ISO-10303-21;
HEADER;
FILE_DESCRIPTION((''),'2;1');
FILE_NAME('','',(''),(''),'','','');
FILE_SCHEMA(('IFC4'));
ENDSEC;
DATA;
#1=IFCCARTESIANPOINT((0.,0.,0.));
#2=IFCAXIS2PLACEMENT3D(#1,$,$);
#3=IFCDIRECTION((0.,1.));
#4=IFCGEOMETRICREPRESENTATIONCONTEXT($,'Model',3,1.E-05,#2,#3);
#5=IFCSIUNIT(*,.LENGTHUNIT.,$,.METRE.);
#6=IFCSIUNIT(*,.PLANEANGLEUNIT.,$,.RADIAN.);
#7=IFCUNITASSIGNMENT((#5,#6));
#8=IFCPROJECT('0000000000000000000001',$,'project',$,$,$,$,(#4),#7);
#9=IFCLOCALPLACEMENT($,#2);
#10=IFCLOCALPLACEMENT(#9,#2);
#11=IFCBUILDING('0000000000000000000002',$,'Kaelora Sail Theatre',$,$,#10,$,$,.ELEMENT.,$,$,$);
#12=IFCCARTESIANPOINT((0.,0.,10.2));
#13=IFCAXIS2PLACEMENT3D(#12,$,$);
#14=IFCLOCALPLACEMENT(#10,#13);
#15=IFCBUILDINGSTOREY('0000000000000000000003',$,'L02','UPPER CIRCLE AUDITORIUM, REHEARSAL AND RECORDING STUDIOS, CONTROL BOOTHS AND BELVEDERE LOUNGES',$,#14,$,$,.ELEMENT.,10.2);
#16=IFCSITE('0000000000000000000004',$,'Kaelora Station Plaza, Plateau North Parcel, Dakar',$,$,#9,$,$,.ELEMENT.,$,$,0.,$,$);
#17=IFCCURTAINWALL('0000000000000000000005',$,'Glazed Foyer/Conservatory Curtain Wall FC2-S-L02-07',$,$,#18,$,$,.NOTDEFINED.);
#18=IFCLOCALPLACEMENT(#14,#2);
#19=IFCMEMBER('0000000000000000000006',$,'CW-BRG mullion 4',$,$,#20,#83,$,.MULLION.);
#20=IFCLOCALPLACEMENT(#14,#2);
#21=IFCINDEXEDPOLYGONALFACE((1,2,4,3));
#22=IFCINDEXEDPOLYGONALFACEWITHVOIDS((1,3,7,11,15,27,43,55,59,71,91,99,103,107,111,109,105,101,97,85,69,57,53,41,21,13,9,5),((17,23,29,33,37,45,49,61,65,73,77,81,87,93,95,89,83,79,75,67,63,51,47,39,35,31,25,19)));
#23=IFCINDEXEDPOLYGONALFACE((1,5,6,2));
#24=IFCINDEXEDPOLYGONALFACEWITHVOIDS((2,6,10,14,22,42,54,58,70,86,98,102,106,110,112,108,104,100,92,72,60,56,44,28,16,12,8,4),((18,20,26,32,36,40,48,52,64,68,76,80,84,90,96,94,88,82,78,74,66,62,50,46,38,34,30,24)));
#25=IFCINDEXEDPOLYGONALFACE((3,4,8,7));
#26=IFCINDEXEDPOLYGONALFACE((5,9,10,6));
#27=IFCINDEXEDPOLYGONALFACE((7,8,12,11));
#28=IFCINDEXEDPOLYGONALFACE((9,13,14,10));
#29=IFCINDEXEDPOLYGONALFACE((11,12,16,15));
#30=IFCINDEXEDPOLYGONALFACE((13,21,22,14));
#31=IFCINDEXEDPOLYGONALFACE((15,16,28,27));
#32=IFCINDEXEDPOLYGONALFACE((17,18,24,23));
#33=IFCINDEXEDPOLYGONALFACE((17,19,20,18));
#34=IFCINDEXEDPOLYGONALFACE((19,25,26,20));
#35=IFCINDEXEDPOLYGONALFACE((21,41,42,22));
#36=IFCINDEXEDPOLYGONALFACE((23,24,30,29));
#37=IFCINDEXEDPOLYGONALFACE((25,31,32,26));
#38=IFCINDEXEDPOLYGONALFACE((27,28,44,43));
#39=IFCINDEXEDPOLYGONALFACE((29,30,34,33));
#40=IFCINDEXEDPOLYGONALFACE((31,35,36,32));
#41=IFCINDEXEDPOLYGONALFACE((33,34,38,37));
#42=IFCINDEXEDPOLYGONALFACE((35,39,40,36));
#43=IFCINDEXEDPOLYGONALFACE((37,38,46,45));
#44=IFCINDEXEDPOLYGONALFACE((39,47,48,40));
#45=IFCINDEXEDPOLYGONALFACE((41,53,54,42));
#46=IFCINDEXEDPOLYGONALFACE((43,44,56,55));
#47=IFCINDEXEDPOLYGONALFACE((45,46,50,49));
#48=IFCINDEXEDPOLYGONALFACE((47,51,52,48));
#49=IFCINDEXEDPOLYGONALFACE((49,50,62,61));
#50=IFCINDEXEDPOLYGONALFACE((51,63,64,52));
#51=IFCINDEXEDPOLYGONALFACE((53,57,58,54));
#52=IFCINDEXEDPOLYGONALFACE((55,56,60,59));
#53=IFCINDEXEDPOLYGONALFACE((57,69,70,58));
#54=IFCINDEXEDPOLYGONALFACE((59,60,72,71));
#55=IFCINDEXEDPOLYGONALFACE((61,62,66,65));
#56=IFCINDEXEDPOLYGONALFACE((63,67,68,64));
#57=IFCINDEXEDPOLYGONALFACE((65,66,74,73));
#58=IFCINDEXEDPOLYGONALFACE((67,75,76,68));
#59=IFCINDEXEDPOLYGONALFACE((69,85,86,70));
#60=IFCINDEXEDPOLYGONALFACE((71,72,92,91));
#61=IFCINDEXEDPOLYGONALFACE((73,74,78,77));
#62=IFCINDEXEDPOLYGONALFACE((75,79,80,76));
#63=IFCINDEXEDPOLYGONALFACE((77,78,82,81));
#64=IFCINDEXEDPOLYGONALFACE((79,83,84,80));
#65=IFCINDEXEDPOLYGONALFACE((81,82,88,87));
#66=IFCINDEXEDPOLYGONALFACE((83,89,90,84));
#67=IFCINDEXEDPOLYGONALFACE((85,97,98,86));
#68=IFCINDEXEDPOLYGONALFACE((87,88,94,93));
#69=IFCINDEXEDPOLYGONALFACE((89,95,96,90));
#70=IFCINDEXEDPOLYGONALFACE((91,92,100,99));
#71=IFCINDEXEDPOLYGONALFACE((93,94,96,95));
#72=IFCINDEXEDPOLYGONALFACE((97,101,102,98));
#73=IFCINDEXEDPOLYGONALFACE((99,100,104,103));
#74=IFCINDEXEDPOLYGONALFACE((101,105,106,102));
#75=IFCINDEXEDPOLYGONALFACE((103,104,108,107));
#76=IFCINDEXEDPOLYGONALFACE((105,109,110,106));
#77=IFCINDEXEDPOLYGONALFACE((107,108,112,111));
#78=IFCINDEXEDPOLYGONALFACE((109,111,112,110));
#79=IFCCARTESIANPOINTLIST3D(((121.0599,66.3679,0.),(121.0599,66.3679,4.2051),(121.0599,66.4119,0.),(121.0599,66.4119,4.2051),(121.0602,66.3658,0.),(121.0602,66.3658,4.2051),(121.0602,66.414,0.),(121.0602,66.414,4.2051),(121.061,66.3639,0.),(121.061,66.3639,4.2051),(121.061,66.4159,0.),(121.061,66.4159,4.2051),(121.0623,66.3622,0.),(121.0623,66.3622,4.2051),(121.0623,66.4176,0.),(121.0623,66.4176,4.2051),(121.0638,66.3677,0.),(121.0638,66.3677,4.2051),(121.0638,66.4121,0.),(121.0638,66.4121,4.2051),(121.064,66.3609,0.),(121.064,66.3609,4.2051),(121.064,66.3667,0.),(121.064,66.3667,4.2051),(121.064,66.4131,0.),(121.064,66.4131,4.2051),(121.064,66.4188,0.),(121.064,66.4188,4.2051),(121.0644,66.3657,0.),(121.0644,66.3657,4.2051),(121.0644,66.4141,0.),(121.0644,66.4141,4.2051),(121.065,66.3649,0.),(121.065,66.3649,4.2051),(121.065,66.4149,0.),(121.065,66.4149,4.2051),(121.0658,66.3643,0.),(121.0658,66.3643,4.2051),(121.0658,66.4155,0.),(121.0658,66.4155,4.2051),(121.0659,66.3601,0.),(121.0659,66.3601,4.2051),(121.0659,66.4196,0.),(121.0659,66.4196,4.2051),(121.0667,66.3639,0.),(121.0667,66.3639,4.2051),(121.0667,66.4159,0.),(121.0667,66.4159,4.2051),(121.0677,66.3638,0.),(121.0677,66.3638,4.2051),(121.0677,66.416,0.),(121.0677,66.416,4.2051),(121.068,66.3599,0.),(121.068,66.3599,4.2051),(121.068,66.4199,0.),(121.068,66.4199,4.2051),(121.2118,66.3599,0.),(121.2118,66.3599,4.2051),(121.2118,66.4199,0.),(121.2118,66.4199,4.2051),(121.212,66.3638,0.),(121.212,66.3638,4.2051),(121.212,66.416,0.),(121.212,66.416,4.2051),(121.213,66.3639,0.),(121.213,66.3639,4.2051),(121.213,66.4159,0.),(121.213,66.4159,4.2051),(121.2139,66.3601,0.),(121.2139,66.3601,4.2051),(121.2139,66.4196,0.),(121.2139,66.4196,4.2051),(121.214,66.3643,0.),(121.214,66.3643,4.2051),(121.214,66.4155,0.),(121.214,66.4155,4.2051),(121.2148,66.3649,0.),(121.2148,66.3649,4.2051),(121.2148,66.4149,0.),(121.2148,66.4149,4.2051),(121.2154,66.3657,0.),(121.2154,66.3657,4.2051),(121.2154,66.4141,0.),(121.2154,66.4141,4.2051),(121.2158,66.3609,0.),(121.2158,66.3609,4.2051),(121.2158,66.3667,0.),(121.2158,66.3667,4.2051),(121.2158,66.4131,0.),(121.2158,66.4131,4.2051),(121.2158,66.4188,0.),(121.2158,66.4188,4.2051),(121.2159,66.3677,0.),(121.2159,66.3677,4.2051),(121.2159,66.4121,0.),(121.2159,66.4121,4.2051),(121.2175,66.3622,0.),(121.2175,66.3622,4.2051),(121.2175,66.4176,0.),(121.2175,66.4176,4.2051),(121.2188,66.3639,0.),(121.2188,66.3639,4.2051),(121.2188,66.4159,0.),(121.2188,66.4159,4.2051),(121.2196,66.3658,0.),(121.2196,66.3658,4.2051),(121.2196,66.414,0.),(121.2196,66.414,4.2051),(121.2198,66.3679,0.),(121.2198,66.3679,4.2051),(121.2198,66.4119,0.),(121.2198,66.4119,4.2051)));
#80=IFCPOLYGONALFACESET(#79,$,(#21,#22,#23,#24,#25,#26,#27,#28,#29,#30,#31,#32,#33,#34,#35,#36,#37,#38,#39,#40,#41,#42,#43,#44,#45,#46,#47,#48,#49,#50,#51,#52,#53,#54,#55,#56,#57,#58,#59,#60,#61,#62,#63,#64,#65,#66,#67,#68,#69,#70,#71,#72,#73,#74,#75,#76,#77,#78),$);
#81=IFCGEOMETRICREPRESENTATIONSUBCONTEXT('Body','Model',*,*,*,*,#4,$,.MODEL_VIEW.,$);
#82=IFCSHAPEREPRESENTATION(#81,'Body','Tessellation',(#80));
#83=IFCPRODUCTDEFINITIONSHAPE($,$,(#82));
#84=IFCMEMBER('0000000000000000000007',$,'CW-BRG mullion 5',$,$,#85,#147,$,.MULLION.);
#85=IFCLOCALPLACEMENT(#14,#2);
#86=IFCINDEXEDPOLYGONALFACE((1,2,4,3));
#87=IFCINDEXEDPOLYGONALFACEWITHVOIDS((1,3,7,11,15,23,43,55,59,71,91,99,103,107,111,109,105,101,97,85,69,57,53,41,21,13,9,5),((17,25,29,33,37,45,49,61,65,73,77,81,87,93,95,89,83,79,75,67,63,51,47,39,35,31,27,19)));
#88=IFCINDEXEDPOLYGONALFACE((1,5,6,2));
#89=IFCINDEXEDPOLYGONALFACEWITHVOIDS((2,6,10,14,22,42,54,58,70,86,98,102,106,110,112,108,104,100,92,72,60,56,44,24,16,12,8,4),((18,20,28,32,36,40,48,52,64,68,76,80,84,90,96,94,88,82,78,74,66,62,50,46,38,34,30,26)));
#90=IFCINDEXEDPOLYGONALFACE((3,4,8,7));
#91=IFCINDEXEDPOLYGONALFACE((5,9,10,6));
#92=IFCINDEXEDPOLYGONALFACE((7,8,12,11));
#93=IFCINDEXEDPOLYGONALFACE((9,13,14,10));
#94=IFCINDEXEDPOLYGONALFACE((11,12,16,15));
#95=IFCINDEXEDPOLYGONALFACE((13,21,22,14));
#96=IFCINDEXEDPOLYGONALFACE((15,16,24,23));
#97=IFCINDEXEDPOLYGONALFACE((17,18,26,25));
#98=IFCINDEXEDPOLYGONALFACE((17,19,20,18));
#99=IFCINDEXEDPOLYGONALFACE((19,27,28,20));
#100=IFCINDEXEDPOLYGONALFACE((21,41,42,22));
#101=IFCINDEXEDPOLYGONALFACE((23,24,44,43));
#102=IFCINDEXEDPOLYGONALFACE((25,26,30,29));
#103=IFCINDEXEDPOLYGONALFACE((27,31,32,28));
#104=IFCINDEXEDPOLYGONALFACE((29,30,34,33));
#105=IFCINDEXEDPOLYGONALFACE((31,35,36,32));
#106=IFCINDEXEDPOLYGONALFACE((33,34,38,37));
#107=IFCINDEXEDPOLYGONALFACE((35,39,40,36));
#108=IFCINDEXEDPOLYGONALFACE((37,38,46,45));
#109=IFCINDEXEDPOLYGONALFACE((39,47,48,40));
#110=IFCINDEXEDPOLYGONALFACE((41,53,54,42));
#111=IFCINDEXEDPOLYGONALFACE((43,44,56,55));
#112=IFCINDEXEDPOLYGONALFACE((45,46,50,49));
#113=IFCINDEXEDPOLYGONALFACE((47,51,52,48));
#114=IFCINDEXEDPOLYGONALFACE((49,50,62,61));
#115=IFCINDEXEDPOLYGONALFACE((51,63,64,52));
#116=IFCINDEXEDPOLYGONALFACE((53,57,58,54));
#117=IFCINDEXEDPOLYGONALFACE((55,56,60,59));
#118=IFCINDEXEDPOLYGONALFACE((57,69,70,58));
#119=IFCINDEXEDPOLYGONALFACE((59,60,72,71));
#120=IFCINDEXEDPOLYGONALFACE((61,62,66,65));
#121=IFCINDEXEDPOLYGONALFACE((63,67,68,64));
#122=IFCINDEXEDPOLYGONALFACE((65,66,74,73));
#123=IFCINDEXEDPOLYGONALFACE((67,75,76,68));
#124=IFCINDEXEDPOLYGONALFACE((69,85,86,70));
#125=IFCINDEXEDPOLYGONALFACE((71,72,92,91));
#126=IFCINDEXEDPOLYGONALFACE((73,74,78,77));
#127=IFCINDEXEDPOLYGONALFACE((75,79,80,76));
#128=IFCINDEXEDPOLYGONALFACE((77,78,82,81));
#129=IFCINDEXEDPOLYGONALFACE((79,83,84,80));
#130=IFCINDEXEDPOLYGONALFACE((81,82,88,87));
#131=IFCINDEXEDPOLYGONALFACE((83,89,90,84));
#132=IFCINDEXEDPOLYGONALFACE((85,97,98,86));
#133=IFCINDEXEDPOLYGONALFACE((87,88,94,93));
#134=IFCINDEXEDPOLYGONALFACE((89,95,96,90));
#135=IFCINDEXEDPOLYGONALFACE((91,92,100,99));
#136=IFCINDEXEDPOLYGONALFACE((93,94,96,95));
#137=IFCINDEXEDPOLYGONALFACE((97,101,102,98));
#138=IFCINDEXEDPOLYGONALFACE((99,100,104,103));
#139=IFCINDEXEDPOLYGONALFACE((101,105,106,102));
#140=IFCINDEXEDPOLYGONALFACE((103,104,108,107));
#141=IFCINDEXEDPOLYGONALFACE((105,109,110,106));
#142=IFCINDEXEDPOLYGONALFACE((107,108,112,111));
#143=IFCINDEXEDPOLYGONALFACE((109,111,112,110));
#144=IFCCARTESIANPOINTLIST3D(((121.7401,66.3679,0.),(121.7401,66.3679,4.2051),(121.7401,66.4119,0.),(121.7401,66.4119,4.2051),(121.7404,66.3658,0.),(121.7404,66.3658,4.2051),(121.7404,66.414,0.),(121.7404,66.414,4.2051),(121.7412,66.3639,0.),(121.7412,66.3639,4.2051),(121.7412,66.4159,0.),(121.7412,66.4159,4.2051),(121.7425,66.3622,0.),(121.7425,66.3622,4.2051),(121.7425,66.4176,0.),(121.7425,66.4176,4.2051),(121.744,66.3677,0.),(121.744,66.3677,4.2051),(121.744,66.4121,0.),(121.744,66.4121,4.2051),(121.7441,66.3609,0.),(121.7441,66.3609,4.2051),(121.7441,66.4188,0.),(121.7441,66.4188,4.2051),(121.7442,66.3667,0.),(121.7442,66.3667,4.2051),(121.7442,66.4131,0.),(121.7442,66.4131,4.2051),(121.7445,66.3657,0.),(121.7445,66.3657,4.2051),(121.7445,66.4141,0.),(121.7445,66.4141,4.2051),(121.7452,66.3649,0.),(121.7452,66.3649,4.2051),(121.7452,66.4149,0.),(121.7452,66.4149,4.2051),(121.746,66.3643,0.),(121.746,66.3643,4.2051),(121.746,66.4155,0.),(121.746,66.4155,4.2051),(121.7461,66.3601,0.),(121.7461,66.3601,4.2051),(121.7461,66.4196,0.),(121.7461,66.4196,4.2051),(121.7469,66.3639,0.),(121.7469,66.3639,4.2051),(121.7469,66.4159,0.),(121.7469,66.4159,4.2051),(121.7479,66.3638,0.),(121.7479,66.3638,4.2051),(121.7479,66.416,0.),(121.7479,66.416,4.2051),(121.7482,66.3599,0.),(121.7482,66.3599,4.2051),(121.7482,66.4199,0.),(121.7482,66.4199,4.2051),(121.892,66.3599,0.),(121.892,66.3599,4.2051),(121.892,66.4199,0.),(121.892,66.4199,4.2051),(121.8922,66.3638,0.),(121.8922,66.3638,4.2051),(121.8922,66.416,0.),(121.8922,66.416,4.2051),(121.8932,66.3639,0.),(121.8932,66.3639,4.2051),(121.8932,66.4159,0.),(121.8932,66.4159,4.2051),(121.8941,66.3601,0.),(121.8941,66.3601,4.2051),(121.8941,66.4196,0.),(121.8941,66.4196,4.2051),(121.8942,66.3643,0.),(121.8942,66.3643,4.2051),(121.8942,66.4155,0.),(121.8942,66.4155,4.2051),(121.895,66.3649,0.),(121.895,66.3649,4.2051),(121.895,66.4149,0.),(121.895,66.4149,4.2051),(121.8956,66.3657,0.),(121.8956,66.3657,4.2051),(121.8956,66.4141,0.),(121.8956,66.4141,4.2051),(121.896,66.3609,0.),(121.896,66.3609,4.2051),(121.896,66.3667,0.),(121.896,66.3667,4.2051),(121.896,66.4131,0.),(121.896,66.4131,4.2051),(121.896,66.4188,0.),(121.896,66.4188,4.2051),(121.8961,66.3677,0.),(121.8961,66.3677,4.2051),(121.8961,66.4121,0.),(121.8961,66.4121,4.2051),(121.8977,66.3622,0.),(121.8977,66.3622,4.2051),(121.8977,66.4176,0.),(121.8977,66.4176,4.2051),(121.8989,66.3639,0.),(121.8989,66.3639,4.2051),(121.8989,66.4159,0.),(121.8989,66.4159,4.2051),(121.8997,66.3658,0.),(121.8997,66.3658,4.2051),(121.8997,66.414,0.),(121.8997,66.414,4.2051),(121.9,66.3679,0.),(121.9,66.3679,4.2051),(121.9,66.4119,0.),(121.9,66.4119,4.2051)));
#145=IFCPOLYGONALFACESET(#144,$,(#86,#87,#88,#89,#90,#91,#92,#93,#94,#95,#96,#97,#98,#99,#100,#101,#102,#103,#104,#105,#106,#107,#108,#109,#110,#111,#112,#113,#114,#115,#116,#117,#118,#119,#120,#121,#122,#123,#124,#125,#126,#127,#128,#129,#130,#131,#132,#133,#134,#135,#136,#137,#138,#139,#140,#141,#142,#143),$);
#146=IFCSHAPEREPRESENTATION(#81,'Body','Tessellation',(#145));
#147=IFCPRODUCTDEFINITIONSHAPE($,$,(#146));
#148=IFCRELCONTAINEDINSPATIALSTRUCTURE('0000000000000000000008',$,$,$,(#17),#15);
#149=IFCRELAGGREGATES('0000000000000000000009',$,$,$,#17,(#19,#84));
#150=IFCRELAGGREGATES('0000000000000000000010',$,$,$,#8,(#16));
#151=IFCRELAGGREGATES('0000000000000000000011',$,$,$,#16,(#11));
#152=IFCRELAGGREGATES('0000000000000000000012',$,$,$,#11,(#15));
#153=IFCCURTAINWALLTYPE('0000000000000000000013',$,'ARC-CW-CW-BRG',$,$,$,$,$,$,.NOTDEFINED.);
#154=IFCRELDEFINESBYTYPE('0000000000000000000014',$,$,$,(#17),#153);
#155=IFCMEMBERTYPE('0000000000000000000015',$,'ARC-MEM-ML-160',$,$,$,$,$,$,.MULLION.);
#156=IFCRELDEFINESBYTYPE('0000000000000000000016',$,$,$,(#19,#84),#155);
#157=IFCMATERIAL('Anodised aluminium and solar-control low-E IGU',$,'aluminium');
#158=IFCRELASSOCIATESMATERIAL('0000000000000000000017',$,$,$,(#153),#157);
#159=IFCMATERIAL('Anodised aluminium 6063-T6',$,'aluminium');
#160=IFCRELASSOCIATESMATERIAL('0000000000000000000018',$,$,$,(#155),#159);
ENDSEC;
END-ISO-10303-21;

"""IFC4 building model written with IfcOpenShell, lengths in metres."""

from ifc_helpers import new_model, si_unit, direction, frame, origin, origin_2d, place, context, subcontext, project, spatial, hollow_rectangle, extrude, material, material_profile, profile_set, type_object, element, aggregate, save


model = new_model("IFC4")

# Units and contexts
model_context = context("Model", 3, precision=1e-05, world=origin(), true_north=direction((0.0, 1.0)))
body_context = subcontext(model_context, "Body", "Model", "MODEL_VIEW")
ifc_project = project(units=[si_unit("LENGTHUNIT", "METRE"), si_unit("PLANEANGLEUNIT", "RADIAN")], contexts=[model_context])

# Site, building, storey
site_placement = place(None, origin())
site = spatial("IfcSite", under=ifc_project, at=site_placement, Name="Kaelora Station Plaza, Plateau North Parcel, Dakar", CompositionType="ELEMENT", RefElevation=0.0)
building_placement = place(site_placement, origin())
building = spatial("IfcBuilding", under=site, at=building_placement, Name="Kaelora Sail Theatre", CompositionType="ELEMENT")
storey_placement = place(building_placement, frame((0.0, 0.0, 10.2)))
storey = spatial("IfcBuildingStorey", under=building, at=storey_placement, Name="L02", Description="UPPER CIRCLE AUDITORIUM, REHEARSAL AND RECORDING STUDIOS, CONTROL BOOTHS AND BELVEDERE LOUNGES", CompositionType="ELEMENT", Elevation=10.2)

# Curtain wall, members
ifc_material_1 = material(Name="Anodised aluminium and solar-control low-E IGU", Category="aluminium")
curtain_wall_type = type_object("IfcCurtainWallType", Name="ARC-CW-CW-BRG", PredefinedType="NOTDEFINED", material=ifc_material_1)
curtain_wall_1_placement = place(storey_placement, origin())
curtain_wall_1 = element("IfcCurtainWall", 1, at=curtain_wall_1_placement, inside=storey, type_object=curtain_wall_type, Name="Glazed Foyer/Conservatory Curtain Wall FC2-S-L02-07", PredefinedType="NOTDEFINED")
ifc_material_2 = material(Name="Anodised aluminium 6063-T6", Category="aluminium")
ifc_material_profile_1 = material_profile(ifc_material_2, hollow_rectangle(XDim=0.0601, YDim=0.1599, WallThickness=0.0039, InnerFilletRadius=0.0039, OuterFilletRadius=0.0081, at=origin_2d()), Name="ALU-MULL 60x160x4")
ifc_profile_set_1 = profile_set([ifc_material_profile_1], Name="Anodised aluminium 6063-T6")
member_type_1 = type_object("IfcMemberType", Name="ARC-MEM-ML-160", PredefinedType="MULLION", material=ifc_profile_set_1)
member_1_placement = place(storey_placement, frame((121.1399, 66.3899, 0.0), z_axis=(0.0, 0.0, 1.0), x_axis=(0.0, 1.0, 0.0)))
member_1 = element("IfcMember", 2, at=member_1_placement, type_object=member_type_1, Name="CW-BRG mullion 4", PredefinedType="MULLION", context=body_context, shape_type="SweptSolid", body=[
    extrude(hollow_rectangle(XDim=0.0601, YDim=0.1599, WallThickness=0.0039, InnerFilletRadius=0.0039, OuterFilletRadius=0.0081, at=origin_2d()), origin(), (0.0, 0.0, 1.0), 4.2051),
])
member_2_placement = place(storey_placement, frame((121.8201, 66.3899, 0.0), z_axis=(0.0, 0.0, 1.0), x_axis=(0.0, 1.0, 0.0)))
member_2 = element("IfcMember", 3, at=member_2_placement, type_object=member_type_1, Name="CW-BRG mullion 5", PredefinedType="MULLION", context=body_context, shape_type="SweptSolid", body=[
    extrude(hollow_rectangle(XDim=0.0601, YDim=0.1599, WallThickness=0.0039, InnerFilletRadius=0.0039, OuterFilletRadius=0.0081, at=origin_2d()), origin(), (0.0, 0.0, 1.0), 4.2051),
])

aggregate(curtain_wall_1, [member_1, member_2])

save(model, "model.ifc")
